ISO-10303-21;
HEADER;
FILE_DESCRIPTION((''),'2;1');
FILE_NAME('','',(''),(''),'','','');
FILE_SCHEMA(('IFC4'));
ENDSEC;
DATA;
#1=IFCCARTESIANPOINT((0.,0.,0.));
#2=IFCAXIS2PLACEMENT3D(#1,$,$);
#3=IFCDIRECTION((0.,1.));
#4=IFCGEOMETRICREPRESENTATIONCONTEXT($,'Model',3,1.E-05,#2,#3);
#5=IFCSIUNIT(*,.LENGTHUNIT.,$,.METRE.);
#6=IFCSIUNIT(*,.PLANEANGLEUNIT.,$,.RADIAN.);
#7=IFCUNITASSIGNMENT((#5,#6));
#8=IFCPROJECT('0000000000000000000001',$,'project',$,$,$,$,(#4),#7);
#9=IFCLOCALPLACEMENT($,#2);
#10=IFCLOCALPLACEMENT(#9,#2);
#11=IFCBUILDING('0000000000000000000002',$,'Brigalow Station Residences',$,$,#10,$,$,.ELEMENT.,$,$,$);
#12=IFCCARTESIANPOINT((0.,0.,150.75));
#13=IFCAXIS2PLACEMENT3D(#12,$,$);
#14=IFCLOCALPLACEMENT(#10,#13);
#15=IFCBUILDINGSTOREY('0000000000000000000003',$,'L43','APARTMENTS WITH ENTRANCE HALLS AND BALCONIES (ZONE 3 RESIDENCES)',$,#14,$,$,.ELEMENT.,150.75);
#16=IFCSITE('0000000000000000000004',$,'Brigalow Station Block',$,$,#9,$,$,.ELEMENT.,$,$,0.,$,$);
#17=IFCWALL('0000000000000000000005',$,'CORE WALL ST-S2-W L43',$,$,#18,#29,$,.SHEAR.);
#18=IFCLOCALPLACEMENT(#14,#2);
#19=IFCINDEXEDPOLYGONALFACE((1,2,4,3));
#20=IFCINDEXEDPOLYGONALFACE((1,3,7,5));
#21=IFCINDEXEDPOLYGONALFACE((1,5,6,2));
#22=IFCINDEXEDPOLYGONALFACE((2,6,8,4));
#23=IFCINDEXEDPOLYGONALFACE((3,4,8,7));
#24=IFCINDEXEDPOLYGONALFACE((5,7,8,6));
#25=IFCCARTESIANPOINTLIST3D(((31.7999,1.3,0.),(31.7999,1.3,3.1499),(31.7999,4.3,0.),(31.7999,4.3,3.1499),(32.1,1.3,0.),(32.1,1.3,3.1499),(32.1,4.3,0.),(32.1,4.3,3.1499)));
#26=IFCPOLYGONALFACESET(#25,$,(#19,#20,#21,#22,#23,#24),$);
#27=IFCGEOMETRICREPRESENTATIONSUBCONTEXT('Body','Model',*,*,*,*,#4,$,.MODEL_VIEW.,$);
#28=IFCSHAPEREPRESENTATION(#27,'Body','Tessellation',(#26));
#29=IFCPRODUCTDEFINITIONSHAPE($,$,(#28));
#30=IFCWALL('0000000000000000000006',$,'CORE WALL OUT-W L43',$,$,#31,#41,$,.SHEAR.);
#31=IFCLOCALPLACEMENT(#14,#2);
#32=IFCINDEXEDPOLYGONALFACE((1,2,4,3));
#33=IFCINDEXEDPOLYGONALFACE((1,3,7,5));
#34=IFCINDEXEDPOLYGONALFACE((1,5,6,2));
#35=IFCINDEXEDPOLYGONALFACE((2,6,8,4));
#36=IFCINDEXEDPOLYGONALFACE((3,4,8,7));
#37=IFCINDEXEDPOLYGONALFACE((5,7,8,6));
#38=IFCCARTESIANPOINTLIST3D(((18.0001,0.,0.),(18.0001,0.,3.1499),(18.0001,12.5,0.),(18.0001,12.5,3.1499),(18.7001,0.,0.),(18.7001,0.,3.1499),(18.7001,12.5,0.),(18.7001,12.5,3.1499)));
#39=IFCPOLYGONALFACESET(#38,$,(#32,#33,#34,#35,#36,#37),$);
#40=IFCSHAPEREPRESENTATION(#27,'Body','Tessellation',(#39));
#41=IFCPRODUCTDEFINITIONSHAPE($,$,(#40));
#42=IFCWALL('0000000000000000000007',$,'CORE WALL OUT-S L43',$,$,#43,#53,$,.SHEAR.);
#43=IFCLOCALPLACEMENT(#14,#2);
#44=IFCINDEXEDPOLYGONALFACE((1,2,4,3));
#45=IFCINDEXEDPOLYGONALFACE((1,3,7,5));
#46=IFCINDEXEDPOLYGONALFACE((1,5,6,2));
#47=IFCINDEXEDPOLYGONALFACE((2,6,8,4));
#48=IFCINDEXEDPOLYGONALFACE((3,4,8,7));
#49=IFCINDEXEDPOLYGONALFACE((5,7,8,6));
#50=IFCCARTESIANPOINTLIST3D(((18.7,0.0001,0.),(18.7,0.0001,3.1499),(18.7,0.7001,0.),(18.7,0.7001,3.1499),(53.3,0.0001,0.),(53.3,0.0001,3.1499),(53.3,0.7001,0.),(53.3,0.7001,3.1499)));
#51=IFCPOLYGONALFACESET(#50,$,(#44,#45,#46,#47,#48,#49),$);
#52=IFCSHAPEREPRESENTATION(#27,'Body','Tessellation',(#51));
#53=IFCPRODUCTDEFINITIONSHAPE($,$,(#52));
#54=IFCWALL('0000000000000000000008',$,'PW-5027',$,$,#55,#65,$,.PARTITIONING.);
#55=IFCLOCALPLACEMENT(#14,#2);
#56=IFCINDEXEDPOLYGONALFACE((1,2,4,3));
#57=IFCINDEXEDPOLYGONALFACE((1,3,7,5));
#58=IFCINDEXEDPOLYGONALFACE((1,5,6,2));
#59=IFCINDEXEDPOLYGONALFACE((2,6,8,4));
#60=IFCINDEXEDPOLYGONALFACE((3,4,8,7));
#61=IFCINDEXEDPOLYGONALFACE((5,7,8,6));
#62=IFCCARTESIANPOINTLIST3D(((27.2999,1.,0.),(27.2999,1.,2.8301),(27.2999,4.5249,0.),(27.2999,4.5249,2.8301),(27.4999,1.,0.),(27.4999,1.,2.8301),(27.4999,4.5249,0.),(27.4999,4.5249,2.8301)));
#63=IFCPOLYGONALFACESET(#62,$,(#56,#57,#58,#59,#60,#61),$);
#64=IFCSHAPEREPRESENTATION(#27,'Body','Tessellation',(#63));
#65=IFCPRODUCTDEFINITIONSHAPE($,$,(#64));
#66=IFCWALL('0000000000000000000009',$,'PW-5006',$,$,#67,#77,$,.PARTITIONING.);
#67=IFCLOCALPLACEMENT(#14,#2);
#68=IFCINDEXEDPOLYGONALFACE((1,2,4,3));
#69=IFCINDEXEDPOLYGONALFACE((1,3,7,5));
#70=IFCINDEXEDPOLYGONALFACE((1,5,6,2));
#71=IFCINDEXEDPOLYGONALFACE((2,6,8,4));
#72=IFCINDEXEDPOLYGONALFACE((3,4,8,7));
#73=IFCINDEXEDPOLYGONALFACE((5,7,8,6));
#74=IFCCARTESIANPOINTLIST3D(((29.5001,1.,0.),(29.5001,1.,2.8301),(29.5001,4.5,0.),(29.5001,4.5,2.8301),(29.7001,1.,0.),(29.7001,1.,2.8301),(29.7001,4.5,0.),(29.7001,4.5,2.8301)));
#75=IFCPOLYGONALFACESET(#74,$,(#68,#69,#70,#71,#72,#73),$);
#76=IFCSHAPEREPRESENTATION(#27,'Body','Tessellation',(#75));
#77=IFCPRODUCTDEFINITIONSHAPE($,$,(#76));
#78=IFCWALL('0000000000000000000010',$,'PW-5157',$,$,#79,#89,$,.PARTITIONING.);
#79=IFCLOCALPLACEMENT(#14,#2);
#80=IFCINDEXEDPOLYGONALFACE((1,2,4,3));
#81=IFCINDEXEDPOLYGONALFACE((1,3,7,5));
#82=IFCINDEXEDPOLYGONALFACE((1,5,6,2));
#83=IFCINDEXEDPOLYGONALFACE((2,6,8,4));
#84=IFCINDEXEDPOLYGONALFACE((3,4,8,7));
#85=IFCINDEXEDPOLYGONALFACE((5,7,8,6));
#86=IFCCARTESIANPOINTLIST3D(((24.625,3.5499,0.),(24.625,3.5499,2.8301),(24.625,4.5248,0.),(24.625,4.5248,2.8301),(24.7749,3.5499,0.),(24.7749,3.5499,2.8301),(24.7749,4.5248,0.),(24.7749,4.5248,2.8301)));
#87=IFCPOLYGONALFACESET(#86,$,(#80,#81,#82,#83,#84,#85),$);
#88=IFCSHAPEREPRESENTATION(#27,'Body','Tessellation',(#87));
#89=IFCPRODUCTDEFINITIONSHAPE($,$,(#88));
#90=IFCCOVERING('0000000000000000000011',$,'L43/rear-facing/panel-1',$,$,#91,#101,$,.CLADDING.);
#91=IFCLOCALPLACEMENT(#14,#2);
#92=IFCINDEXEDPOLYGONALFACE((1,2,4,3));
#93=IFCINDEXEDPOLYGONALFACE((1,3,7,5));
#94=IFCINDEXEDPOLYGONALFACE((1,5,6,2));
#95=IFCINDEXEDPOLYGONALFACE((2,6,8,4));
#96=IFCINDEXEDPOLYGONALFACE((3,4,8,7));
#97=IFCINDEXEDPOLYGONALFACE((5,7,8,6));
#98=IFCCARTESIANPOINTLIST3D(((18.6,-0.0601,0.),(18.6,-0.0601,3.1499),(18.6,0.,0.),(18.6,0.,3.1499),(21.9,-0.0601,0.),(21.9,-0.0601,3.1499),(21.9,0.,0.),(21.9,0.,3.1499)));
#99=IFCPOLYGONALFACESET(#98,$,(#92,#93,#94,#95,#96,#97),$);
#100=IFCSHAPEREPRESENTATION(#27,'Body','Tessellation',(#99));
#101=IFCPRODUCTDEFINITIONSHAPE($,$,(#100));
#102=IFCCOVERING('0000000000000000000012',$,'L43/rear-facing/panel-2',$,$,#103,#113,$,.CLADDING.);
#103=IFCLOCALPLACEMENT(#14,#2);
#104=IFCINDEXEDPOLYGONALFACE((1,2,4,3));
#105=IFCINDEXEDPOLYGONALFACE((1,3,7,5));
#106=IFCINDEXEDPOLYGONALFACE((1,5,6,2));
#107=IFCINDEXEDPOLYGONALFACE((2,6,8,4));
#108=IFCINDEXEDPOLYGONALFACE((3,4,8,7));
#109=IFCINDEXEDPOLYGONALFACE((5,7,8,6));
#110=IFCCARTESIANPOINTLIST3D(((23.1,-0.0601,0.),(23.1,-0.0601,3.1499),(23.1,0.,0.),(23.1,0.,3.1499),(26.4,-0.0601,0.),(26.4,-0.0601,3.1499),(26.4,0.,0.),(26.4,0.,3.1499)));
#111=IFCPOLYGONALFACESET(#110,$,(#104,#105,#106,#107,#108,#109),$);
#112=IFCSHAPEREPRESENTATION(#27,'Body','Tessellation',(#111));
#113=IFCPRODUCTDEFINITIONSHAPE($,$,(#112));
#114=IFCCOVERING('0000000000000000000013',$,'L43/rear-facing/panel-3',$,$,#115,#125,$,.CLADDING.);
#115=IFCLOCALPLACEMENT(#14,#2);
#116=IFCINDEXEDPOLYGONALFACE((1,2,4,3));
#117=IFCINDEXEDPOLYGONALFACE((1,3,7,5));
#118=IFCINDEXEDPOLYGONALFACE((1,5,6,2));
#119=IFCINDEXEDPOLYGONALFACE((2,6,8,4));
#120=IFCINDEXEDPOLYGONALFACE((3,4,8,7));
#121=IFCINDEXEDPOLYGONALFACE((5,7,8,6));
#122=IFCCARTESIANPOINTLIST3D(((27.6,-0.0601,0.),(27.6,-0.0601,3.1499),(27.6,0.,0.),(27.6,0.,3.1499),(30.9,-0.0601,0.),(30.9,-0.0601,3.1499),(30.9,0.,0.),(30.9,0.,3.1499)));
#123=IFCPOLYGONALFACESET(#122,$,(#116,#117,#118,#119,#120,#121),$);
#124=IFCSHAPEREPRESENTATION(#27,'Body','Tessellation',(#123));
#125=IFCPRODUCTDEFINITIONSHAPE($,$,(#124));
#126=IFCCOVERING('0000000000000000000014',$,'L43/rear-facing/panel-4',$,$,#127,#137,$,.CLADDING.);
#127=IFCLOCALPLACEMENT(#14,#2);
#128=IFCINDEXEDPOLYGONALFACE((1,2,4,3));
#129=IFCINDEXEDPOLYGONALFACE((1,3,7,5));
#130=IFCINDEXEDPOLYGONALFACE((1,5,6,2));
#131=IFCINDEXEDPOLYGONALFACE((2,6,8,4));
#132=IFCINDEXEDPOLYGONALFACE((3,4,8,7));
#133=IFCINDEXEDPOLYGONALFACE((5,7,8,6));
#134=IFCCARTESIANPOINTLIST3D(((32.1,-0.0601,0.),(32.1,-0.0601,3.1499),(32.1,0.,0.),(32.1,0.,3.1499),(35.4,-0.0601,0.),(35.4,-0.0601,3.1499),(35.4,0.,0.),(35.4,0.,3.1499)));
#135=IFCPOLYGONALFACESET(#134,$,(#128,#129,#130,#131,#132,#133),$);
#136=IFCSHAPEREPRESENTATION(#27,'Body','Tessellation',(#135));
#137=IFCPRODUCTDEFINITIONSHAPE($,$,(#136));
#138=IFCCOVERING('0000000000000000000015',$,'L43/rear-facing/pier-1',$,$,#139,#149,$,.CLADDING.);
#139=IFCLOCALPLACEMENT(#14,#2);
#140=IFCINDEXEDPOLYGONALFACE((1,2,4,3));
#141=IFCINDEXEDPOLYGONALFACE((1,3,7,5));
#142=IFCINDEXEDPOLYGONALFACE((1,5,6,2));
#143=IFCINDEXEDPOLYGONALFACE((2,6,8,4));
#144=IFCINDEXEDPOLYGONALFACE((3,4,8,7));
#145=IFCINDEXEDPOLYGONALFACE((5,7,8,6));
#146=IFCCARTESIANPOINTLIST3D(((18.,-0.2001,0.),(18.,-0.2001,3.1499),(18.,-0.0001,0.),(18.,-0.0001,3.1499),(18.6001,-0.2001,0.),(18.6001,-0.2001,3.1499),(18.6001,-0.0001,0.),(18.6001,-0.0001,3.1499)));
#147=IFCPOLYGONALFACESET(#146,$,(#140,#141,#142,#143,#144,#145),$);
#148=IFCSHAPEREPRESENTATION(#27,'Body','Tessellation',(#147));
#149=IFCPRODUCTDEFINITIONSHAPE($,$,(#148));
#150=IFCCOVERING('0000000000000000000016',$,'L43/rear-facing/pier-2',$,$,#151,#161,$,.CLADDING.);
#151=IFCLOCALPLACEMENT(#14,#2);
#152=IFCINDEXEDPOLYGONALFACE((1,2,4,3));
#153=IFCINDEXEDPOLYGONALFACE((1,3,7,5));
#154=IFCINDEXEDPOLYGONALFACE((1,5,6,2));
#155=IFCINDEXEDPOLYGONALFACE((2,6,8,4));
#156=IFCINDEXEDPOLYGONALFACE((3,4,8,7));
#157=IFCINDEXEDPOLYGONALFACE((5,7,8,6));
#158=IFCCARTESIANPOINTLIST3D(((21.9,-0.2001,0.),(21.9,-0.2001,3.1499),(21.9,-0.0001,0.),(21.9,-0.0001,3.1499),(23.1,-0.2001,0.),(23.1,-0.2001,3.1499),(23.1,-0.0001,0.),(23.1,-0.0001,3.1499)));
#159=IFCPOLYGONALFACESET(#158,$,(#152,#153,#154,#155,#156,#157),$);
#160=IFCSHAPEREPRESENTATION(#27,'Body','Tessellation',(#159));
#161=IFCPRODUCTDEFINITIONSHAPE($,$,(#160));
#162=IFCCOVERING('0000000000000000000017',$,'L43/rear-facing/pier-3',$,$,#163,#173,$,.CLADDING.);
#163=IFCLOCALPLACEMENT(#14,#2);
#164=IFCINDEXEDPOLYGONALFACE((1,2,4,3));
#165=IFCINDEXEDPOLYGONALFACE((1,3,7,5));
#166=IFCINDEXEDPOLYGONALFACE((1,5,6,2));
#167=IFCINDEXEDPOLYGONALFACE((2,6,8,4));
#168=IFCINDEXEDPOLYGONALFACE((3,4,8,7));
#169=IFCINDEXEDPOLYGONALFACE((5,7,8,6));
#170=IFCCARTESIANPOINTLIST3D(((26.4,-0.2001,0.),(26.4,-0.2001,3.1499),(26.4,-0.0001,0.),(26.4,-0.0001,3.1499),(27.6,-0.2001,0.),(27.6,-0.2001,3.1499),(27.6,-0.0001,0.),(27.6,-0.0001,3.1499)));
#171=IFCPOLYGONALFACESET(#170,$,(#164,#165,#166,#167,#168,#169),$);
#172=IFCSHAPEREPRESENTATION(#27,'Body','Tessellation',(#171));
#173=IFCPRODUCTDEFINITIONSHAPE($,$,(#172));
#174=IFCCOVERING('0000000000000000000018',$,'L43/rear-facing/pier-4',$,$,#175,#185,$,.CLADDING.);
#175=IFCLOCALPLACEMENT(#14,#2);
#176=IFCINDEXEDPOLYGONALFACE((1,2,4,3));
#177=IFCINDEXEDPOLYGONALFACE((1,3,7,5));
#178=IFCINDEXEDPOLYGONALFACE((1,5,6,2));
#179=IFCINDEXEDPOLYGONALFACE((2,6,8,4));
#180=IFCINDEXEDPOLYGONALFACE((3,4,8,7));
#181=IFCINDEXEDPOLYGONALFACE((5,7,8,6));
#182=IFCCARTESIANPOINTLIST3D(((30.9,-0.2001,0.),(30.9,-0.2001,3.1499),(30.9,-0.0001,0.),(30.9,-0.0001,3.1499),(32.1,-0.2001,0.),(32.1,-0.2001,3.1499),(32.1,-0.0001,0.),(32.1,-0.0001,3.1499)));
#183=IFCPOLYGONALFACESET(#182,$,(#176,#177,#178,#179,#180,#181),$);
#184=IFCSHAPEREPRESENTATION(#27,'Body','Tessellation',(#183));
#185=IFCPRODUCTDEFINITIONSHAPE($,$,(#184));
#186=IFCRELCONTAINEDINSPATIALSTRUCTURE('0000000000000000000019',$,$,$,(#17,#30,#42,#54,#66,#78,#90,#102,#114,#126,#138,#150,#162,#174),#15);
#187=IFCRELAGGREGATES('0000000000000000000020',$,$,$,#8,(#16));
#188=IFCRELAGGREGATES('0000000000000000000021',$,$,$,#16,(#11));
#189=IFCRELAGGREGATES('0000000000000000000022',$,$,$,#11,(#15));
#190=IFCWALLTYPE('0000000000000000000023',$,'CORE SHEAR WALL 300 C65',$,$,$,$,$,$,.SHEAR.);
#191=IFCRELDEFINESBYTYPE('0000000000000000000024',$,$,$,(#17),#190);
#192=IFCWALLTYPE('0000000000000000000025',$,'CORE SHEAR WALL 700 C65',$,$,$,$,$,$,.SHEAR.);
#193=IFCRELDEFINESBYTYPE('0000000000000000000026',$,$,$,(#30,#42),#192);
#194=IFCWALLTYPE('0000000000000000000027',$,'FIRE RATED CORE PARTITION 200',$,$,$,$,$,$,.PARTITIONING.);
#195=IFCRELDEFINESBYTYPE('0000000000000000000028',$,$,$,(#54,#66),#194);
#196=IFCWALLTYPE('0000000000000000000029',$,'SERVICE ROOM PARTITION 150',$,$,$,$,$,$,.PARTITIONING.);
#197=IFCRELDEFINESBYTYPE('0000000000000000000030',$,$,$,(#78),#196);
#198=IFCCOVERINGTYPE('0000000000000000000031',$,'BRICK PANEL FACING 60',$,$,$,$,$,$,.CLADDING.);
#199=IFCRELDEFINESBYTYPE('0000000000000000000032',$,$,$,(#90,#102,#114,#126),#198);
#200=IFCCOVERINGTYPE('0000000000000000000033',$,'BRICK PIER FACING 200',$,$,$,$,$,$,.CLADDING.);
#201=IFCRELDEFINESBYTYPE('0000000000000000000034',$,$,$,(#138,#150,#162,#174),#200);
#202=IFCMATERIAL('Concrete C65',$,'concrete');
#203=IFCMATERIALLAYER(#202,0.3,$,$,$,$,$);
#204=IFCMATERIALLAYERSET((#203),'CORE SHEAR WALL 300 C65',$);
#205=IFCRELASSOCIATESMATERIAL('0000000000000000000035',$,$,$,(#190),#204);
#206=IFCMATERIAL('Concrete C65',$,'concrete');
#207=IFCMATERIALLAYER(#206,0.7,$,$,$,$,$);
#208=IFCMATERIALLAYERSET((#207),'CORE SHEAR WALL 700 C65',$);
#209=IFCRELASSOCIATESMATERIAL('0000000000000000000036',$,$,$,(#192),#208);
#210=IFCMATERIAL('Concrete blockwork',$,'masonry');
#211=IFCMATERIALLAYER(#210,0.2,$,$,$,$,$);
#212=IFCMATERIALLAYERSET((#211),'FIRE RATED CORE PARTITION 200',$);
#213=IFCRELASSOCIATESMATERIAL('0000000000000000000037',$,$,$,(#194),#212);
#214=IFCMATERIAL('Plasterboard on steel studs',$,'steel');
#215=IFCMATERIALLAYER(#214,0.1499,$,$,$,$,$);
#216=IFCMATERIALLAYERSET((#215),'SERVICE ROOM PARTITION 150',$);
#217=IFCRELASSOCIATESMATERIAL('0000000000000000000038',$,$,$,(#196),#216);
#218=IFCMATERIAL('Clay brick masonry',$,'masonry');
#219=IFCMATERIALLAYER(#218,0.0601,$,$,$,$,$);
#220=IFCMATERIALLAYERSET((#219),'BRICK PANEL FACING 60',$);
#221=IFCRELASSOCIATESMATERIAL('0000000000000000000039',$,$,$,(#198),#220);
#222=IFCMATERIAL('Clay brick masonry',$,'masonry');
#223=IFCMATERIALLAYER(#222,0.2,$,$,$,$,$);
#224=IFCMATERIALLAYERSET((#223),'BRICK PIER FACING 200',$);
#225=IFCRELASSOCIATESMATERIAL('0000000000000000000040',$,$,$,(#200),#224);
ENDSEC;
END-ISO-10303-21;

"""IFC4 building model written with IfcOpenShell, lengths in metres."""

from ifc_helpers import new_model, si_unit, direction, frame, frame_2d, origin, origin_2d, place, context, subcontext, project, spatial, rectangle, extrude, material, layer, layer_set, type_object, element, save


model = new_model("IFC4")

# Units and contexts
model_context = context("Model", 3, precision=1e-05, world=origin(), true_north=direction((0.0, 1.0)))
body_context = subcontext(model_context, "Body", "Model", "MODEL_VIEW")
ifc_project = project(units=[si_unit("LENGTHUNIT", "METRE"), si_unit("PLANEANGLEUNIT", "RADIAN")], contexts=[model_context])

# Site, building, storey
site_placement = place(None, origin())
site = spatial("IfcSite", under=ifc_project, at=site_placement, Name="Brigalow Station Block", CompositionType="ELEMENT", RefElevation=0.0)
building_placement = place(site_placement, origin())
building = spatial("IfcBuilding", under=site, at=building_placement, Name="Brigalow Station Residences", CompositionType="ELEMENT")
storey_placement = place(building_placement, frame((0.0, 0.0, 150.75)))
storey = spatial("IfcBuildingStorey", under=building, at=storey_placement, Name="L43", Description="APARTMENTS WITH ENTRANCE HALLS AND BALCONIES (ZONE 3 RESIDENCES)", CompositionType="ELEMENT", Elevation=150.75)

# Shared definitions
ifc_material_1 = material(Name="Concrete C65", Category="concrete")
ifc_layer_1 = layer(ifc_material_1, 0.3)
ifc_layer_set_1 = layer_set([ifc_layer_1], Name="CORE SHEAR WALL 300 C65")
wall_type_1 = type_object("IfcWallType", Name="CORE SHEAR WALL 300 C65", PredefinedType="SHEAR", material=ifc_layer_set_1)

# Walls
wall_1_placement = place(storey_placement, frame((31.95, 1.3, 0.0), z_axis=(0.0, 0.0, 1.0), x_axis=(0.0, 1.0, 0.0)))
element("IfcWall", 1, at=wall_1_placement, inside=storey, type_object=wall_type_1, Name="CORE WALL ST-S2-W L43", PredefinedType="SHEAR", context=body_context, shape_type="SweptSolid", body=[
    extrude(rectangle(XDim=3.0, YDim=0.3, at=frame_2d((1.5, 0.0))), origin(), (0.0, 0.0, 1.0), 3.1499),
])
ifc_material_2 = material(Name="Concrete C65", Category="concrete")
ifc_layer_2 = layer(ifc_material_2, 0.7)
ifc_layer_set_2 = layer_set([ifc_layer_2], Name="CORE SHEAR WALL 700 C65")
wall_type_2 = type_object("IfcWallType", Name="CORE SHEAR WALL 700 C65", PredefinedType="SHEAR", material=ifc_layer_set_2)
wall_2_placement = place(storey_placement, frame((18.3501, 0.0, 0.0), z_axis=(0.0, 0.0, 1.0), x_axis=(0.0, 1.0, 0.0)))
element("IfcWall", 2, at=wall_2_placement, inside=storey, type_object=wall_type_2, Name="CORE WALL OUT-W L43", PredefinedType="SHEAR", context=body_context, shape_type="SweptSolid", body=[
    extrude(rectangle(XDim=12.5, YDim=0.7, at=frame_2d((6.25, 0.0))), origin(), (0.0, 0.0, 1.0), 3.1499),
])
wall_3_placement = place(storey_placement, frame((18.7, 0.3501, 0.0), z_axis=(0.0, 0.0, 1.0), x_axis=(1.0, 0.0, 0.0)))
element("IfcWall", 3, at=wall_3_placement, inside=storey, type_object=wall_type_2, Name="CORE WALL OUT-S L43", PredefinedType="SHEAR", context=body_context, shape_type="SweptSolid", body=[
    extrude(rectangle(XDim=34.6001, YDim=0.7, at=frame_2d((17.3, 0.0))), origin(), (0.0, 0.0, 1.0), 3.1499),
])
ifc_material_3 = material(Name="Concrete blockwork", Category="masonry")
ifc_layer_3 = layer(ifc_material_3, 0.2)
ifc_layer_set_3 = layer_set([ifc_layer_3], Name="FIRE RATED CORE PARTITION 200")
wall_type_3 = type_object("IfcWallType", Name="FIRE RATED CORE PARTITION 200", PredefinedType="PARTITIONING", material=ifc_layer_set_3)
wall_4_placement = place(storey_placement, frame((27.3999, 1.0, 0.0), z_axis=(0.0, 0.0, 1.0), x_axis=(0.0, 1.0, 0.0)))
element("IfcWall", 4, at=wall_4_placement, inside=storey, type_object=wall_type_3, Name="PW-5027", PredefinedType="PARTITIONING", context=body_context, shape_type="SweptSolid", body=[
    extrude(rectangle(XDim=3.5249, YDim=0.2, at=frame_2d((1.7625, 0.0))), origin(), (0.0, 0.0, 1.0), 2.8301),
])
wall_5_placement = place(storey_placement, frame((29.6001, 1.0, 0.0), z_axis=(0.0, 0.0, 1.0), x_axis=(0.0, 1.0, 0.0)))
element("IfcWall", 5, at=wall_5_placement, inside=storey, type_object=wall_type_3, Name="PW-5006", PredefinedType="PARTITIONING", context=body_context, shape_type="SweptSolid", body=[
    extrude(rectangle(XDim=3.5, YDim=0.2, at=frame_2d((1.75, 0.0))), origin(), (0.0, 0.0, 1.0), 2.8301),
])
ifc_material_4 = material(Name="Plasterboard on steel studs", Category="steel")
ifc_layer_4 = layer(ifc_material_4, 0.1499)
ifc_layer_set_4 = layer_set([ifc_layer_4], Name="SERVICE ROOM PARTITION 150")
wall_type_4 = type_object("IfcWallType", Name="SERVICE ROOM PARTITION 150", PredefinedType="PARTITIONING", material=ifc_layer_set_4)
wall_6_placement = place(storey_placement, frame((24.7, 3.55, 0.0), z_axis=(0.0, 0.0, 1.0), x_axis=(0.0, 1.0, 0.0)))
element("IfcWall", 6, at=wall_6_placement, inside=storey, type_object=wall_type_4, Name="PW-5157", PredefinedType="PARTITIONING", context=body_context, shape_type="SweptSolid", body=[
    extrude(rectangle(XDim=0.9749, YDim=0.1499, at=frame_2d((0.4873, 0.0))), origin(), (0.0, 0.0, 1.0), 2.8301),
])

# Coverings
ifc_material_5 = material(Name="Clay brick masonry", Category="masonry")
ifc_layer_5 = layer(ifc_material_5, 0.0601)
ifc_layer_set_5 = layer_set([ifc_layer_5], Name="BRICK PANEL FACING 60")
covering_type_1 = type_object("IfcCoveringType", Name="BRICK PANEL FACING 60", PredefinedType="CLADDING", material=ifc_layer_set_5)
for number, where, z_axis, x_axis, name in (
    (7, (20.25, -0.03, 0.0), (0.0, 0.0, 1.0), (1.0, 0.0, 0.0), "L43/rear-facing/panel-1"),
    (8, (24.75, -0.03, 0.0), (0.0, 0.0, 1.0), (1.0, 0.0, 0.0), "L43/rear-facing/panel-2"),
    (9, (29.25, -0.03, 0.0), (0.0, 0.0, 1.0), (1.0, 0.0, 0.0), "L43/rear-facing/panel-3"),
    (10, (33.75, -0.03, 0.0), (0.0, 0.0, 1.0), (1.0, 0.0, 0.0), "L43/rear-facing/panel-4"),
):
    element("IfcCovering", number, at=place(storey_placement, frame(where, z_axis=z_axis, x_axis=x_axis)), inside=storey, type_object=covering_type_1, Name=name, PredefinedType="CLADDING", context=body_context, shape_type="SweptSolid", body=[
        extrude(rectangle(XDim=3.3, YDim=0.0601, at=origin_2d()), origin(), (0.0, 0.0, 1.0), 3.1499),
    ])
ifc_material_6 = material(Name="Clay brick masonry", Category="masonry")
ifc_layer_6 = layer(ifc_material_6, 0.2)
ifc_layer_set_6 = layer_set([ifc_layer_6], Name="BRICK PIER FACING 200")
covering_type_2 = type_object("IfcCoveringType", Name="BRICK PIER FACING 200", PredefinedType="CLADDING", material=ifc_layer_set_6)
covering_placement = place(storey_placement, frame((18.3, -0.1001, 0.0), z_axis=(0.0, 0.0, 1.0), x_axis=(1.0, 0.0, 0.0)))
element("IfcCovering", 11, at=covering_placement, inside=storey, type_object=covering_type_2, Name="L43/rear-facing/pier-1", PredefinedType="CLADDING", context=body_context, shape_type="SweptSolid", body=[
    extrude(rectangle(XDim=0.6001, YDim=0.2, at=origin_2d()), origin(), (0.0, 0.0, 1.0), 3.1499),
])
for number, where, z_axis, x_axis, name in (
    (12, (22.5, -0.1001, 0.0), (0.0, 0.0, 1.0), (1.0, 0.0, 0.0), "L43/rear-facing/pier-2"),
    (13, (27.0, -0.1001, 0.0), (0.0, 0.0, 1.0), (1.0, 0.0, 0.0), "L43/rear-facing/pier-3"),
    (14, (31.5, -0.1001, 0.0), (0.0, 0.0, 1.0), (1.0, 0.0, 0.0), "L43/rear-facing/pier-4"),
):
    element("IfcCovering", number, at=place(storey_placement, frame(where, z_axis=z_axis, x_axis=x_axis)), inside=storey, type_object=covering_type_2, Name=name, PredefinedType="CLADDING", context=body_context, shape_type="SweptSolid", body=[
        extrude(rectangle(XDim=1.2, YDim=0.2, at=origin_2d()), origin(), (0.0, 0.0, 1.0), 3.1499),
    ])

save(model, "model.ifc")
